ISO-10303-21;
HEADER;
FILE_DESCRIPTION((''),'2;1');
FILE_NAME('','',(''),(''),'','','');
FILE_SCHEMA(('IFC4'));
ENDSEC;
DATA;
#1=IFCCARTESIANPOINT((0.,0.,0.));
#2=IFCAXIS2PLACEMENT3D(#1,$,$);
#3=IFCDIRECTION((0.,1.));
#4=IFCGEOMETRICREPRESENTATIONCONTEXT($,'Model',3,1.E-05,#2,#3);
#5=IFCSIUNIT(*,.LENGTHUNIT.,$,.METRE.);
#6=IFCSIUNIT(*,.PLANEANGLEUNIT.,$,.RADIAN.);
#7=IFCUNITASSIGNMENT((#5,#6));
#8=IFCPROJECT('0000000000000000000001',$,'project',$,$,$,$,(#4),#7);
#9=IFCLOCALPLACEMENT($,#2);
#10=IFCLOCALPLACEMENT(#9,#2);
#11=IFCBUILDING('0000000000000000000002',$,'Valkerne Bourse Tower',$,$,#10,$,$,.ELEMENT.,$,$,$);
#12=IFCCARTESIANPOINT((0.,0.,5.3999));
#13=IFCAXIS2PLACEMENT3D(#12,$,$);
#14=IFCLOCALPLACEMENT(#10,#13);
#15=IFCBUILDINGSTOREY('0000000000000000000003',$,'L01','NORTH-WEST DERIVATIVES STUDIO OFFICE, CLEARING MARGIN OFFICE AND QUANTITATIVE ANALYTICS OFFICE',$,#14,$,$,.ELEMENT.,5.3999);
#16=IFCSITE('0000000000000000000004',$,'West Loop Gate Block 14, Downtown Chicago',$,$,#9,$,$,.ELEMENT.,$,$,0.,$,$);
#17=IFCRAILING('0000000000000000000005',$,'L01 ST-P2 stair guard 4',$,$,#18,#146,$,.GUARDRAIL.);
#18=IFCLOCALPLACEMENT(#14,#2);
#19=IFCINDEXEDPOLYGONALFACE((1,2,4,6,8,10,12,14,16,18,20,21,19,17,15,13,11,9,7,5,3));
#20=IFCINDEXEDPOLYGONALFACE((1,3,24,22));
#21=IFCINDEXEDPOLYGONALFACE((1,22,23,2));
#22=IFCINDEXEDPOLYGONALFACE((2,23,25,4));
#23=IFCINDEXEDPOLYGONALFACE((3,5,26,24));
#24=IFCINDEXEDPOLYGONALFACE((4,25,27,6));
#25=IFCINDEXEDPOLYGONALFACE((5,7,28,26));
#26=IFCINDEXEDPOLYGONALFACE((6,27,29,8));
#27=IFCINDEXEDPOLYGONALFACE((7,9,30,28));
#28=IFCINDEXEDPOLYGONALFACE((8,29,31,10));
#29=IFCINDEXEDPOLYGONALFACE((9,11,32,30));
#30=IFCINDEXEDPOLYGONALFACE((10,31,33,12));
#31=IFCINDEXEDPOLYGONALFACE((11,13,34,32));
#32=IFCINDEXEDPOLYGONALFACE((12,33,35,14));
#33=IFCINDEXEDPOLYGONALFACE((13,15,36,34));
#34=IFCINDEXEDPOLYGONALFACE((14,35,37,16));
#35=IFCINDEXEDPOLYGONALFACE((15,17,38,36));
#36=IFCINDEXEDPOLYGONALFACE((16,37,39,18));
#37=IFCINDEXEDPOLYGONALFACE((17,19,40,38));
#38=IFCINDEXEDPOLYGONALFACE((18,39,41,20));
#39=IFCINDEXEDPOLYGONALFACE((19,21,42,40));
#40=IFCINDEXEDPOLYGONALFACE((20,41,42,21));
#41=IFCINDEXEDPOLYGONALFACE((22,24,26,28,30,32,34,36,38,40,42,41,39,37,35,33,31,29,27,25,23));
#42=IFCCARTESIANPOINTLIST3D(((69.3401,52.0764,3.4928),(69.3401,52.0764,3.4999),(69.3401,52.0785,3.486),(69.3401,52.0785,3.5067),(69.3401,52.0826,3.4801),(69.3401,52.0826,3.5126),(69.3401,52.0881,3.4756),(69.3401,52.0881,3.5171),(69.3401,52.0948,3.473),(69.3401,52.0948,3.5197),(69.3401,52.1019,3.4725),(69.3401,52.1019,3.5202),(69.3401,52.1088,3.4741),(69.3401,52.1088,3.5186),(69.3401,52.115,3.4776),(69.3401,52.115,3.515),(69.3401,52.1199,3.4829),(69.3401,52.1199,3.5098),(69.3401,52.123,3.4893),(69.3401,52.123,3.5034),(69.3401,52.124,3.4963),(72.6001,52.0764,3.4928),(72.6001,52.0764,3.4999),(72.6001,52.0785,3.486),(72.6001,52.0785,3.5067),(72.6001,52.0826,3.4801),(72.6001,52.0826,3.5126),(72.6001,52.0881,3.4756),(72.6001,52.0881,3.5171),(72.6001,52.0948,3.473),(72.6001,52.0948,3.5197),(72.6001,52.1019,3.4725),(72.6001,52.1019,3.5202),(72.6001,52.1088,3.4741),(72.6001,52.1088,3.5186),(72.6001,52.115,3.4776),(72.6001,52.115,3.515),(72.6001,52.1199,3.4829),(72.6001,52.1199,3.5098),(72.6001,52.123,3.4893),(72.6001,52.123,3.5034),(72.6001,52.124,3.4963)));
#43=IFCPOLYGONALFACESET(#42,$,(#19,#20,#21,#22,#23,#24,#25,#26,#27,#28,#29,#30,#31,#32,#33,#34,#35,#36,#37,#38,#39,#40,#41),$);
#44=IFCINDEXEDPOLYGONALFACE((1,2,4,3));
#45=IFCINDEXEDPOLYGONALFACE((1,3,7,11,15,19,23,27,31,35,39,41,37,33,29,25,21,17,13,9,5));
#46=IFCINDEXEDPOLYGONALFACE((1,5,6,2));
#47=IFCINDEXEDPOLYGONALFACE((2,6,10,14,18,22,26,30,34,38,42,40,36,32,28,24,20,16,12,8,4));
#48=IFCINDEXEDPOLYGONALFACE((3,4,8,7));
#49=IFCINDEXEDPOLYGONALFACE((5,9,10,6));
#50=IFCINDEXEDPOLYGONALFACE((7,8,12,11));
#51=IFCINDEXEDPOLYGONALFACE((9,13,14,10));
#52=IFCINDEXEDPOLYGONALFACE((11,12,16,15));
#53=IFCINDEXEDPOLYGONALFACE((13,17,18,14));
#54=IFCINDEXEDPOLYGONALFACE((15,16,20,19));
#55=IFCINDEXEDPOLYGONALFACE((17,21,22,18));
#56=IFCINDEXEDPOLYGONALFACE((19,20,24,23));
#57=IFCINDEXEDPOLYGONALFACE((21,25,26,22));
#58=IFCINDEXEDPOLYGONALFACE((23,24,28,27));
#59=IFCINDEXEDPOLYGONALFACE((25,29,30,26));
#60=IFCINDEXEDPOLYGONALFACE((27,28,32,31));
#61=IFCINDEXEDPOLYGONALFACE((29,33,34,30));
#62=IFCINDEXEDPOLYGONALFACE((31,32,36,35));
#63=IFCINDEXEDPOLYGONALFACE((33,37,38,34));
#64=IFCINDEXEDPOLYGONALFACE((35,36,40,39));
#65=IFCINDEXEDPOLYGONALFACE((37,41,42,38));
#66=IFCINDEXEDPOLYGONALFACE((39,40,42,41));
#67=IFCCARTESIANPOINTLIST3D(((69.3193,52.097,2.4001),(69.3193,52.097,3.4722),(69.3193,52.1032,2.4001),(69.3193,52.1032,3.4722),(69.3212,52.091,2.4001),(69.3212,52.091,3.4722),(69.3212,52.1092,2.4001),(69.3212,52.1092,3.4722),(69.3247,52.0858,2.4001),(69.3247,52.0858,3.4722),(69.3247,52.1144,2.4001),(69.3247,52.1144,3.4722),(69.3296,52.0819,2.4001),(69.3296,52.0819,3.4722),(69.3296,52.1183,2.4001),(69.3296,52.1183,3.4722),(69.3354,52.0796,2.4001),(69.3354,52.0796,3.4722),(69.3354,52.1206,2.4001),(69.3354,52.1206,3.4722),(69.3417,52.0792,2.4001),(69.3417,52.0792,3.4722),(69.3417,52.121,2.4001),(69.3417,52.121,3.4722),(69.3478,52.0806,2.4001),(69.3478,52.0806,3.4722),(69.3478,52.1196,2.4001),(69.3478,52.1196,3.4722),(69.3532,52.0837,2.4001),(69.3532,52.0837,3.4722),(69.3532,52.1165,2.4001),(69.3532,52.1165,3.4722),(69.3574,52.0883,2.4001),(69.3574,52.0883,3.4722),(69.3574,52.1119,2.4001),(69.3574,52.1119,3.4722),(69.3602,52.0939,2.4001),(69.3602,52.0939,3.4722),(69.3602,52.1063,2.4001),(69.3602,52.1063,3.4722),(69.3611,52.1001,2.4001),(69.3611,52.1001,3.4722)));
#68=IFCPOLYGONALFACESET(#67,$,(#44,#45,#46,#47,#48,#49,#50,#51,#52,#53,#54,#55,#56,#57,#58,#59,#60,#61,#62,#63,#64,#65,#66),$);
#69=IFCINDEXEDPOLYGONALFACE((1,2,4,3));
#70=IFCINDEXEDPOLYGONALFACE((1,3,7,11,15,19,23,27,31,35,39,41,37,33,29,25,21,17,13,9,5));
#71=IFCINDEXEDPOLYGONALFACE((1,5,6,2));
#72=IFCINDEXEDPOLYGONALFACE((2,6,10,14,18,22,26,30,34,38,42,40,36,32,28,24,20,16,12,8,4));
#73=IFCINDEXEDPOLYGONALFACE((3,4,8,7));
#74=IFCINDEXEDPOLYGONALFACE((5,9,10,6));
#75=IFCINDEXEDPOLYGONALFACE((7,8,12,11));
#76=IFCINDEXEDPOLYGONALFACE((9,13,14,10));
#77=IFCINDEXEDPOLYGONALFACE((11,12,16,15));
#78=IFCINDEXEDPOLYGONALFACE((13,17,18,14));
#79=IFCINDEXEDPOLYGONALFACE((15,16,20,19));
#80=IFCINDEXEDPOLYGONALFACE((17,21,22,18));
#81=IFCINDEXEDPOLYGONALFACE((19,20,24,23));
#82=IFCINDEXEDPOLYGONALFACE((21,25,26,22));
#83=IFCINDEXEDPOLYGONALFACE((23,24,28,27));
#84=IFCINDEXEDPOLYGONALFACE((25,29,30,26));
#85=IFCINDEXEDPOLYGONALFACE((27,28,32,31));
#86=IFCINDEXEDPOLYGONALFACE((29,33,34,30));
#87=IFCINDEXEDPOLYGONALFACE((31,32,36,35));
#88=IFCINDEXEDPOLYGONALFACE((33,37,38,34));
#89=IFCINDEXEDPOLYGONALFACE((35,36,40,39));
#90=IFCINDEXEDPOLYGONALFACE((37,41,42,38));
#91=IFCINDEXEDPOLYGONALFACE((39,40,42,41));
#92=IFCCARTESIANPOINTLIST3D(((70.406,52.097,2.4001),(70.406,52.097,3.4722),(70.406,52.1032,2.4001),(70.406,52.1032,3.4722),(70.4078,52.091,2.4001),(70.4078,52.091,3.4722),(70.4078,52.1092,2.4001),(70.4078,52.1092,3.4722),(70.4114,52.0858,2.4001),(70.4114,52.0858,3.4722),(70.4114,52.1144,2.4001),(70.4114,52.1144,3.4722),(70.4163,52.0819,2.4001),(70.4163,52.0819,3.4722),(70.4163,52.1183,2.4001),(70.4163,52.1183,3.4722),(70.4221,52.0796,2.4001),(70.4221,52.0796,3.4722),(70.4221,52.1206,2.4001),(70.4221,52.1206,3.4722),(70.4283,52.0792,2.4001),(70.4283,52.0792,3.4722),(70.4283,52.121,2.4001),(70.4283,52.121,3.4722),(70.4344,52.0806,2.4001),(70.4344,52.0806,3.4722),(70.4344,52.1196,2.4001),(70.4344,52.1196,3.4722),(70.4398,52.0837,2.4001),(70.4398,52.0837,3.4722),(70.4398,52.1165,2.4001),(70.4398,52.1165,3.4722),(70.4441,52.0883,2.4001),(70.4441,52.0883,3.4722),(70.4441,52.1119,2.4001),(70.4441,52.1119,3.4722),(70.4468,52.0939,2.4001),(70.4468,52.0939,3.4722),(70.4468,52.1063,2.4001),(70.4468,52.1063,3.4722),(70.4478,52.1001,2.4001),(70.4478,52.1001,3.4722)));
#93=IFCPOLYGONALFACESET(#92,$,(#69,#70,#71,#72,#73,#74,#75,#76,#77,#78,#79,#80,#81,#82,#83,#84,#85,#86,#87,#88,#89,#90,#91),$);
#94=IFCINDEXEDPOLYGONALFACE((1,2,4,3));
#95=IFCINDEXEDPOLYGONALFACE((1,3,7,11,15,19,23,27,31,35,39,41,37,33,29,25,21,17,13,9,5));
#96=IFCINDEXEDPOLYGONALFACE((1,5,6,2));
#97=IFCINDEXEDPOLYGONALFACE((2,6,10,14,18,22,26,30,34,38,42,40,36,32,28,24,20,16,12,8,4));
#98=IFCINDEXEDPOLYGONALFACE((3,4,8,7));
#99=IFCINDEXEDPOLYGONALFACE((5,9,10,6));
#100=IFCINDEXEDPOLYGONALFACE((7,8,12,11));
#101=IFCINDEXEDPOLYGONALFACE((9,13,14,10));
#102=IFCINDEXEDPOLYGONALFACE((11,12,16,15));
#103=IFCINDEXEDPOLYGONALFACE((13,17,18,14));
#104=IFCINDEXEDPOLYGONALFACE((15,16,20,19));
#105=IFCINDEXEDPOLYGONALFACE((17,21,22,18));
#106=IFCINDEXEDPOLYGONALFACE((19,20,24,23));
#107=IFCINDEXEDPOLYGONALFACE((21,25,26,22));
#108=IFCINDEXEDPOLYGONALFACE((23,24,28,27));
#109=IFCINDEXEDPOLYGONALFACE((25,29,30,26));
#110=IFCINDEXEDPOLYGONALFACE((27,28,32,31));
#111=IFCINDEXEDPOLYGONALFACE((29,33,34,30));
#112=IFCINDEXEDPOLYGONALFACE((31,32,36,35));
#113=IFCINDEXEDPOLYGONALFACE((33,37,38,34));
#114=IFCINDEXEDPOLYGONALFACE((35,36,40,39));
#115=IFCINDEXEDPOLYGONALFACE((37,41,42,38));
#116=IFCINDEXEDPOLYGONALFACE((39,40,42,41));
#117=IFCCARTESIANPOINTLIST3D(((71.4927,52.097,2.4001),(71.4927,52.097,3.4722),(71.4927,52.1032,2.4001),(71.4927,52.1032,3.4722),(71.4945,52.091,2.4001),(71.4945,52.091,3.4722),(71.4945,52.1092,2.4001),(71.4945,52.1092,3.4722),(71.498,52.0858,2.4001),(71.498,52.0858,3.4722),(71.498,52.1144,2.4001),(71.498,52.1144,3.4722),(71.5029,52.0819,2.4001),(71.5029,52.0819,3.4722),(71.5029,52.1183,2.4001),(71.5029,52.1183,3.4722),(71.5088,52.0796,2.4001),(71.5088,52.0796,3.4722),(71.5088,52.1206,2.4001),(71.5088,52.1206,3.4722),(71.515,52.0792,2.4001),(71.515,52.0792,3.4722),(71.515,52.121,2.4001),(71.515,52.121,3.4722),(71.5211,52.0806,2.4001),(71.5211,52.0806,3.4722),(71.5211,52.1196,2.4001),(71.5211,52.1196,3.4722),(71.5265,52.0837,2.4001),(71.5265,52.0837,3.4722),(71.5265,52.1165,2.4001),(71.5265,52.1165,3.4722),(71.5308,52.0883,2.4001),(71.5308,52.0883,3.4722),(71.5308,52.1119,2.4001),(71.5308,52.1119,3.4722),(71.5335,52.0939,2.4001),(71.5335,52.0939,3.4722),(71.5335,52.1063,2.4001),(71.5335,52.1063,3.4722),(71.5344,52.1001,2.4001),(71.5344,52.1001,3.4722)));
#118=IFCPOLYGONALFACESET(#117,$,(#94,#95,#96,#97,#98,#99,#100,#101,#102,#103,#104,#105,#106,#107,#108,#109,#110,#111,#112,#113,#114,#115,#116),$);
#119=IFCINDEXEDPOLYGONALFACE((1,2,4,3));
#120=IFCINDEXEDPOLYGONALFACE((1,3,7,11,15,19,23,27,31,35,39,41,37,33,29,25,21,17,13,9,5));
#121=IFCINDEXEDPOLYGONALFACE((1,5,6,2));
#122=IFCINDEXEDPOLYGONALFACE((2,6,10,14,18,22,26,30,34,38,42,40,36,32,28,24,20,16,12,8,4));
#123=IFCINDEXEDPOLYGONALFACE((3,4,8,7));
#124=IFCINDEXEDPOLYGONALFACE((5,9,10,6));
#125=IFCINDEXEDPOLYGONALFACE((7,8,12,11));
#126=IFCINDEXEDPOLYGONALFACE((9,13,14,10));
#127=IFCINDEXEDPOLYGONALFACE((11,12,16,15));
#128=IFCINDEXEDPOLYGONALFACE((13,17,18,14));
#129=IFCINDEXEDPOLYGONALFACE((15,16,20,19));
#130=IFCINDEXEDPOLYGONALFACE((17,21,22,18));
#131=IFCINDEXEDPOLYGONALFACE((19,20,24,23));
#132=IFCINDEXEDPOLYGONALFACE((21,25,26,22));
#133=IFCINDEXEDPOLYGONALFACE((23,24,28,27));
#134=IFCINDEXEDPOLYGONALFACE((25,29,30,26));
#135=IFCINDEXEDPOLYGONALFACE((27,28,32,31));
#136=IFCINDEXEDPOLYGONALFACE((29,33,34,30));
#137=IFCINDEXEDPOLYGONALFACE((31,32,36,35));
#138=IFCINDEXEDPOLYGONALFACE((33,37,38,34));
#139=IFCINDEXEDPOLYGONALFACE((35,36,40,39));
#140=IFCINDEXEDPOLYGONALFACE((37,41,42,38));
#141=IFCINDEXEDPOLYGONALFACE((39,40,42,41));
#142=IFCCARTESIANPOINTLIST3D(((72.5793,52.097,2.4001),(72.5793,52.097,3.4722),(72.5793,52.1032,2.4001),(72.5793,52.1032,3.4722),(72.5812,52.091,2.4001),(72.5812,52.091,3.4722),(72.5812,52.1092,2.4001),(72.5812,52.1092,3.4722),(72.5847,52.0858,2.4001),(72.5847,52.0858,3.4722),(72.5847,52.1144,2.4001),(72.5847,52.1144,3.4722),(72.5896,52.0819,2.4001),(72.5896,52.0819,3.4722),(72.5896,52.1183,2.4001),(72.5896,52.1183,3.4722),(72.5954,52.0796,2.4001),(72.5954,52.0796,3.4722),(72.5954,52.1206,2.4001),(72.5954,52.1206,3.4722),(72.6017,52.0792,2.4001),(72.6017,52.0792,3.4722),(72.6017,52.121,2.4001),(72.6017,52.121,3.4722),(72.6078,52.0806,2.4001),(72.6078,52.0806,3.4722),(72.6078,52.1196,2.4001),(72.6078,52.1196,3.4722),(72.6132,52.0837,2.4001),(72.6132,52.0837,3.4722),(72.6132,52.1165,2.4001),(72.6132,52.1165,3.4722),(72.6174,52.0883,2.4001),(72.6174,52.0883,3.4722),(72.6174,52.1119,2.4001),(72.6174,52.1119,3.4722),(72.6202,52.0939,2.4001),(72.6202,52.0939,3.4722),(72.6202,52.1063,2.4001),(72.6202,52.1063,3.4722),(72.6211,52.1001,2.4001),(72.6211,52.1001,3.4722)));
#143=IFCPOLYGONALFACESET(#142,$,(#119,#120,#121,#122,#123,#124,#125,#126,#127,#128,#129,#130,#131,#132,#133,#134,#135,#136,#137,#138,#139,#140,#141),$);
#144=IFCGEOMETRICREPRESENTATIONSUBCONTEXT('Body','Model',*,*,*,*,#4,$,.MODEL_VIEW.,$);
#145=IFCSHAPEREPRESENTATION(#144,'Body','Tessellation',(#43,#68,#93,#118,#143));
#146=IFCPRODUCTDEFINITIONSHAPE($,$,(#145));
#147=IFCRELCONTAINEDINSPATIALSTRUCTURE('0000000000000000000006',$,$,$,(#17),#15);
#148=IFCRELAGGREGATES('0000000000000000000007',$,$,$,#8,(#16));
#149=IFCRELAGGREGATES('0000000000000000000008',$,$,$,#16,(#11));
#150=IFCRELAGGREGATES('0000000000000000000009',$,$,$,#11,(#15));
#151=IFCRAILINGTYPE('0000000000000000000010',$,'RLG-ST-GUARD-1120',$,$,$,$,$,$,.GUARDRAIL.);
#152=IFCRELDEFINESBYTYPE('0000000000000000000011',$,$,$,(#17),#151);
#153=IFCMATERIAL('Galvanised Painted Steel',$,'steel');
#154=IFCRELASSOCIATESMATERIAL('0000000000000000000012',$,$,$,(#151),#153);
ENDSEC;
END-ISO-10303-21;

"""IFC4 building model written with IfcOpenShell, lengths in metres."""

from ifc_helpers import new_model, si_unit, direction, frame, origin, origin_2d, place, context, subcontext, project, spatial, circle, extrude, material, type_object, element, save


model = new_model("IFC4")

# Units and contexts
model_context = context("Model", 3, precision=1e-05, world=origin(), true_north=direction((0.0, 1.0)))
body_context = subcontext(model_context, "Body", "Model", "MODEL_VIEW")
ifc_project = project(units=[si_unit("LENGTHUNIT", "METRE"), si_unit("PLANEANGLEUNIT", "RADIAN")], contexts=[model_context])

# Site, building, storey
site_placement = place(None, origin())
site = spatial("IfcSite", under=ifc_project, at=site_placement, Name="West Loop Gate Block 14, Downtown Chicago", CompositionType="ELEMENT", RefElevation=0.0)
building_placement = place(site_placement, origin())
building = spatial("IfcBuilding", under=site, at=building_placement, Name="Valkerne Bourse Tower", CompositionType="ELEMENT")
storey_placement = place(building_placement, frame((0.0, 0.0, 5.3999)))
storey = spatial("IfcBuildingStorey", under=building, at=storey_placement, Name="L01", Description="NORTH-WEST DERIVATIVES STUDIO OFFICE, CLEARING MARGIN OFFICE AND QUANTITATIVE ANALYTICS OFFICE", CompositionType="ELEMENT", Elevation=5.3999)

# Railing
ifc_material_1 = material(Name="Galvanised Painted Steel", Category="steel")
railing_type_1 = type_object("IfcRailingType", Name="RLG-ST-GUARD-1120", PredefinedType="GUARDRAIL", material=ifc_material_1)
for number, where, name in (
    (1, (69.3401, 52.1001, 2.4001), "L01 ST-P2 stair guard 4"),
):
    element("IfcRailing", number, at=place(storey_placement, frame(where)), inside=storey, type_object=railing_type_1, Name=name, PredefinedType="GUARDRAIL", context=body_context, shape_type="SweptSolid", body=[
        extrude(circle(Radius=0.0239, at=origin_2d()), frame((0.0, 0.0, 1.0962), z_axis=(1.0, 0.0, 0.0), x_axis=(0.0, 1.0, 0.0)), (0.0, 0.0, 1.0), 3.26),
        extrude(circle(Radius=0.021, at=origin_2d()), origin(), (0.0, 0.0, 1.0), 1.072),
        extrude(circle(Radius=0.021, at=origin_2d()), frame((1.0867, 0.0, 0.0)), (0.0, 0.0, 1.0), 1.072),
        extrude(circle(Radius=0.021, at=origin_2d()), frame((2.1733, 0.0, 0.0)), (0.0, 0.0, 1.0), 1.072),
        extrude(circle(Radius=0.021, at=origin_2d()), frame((3.26, 0.0, 0.0)), (0.0, 0.0, 1.0), 1.072),
    ])

save(model, "model.ifc")
